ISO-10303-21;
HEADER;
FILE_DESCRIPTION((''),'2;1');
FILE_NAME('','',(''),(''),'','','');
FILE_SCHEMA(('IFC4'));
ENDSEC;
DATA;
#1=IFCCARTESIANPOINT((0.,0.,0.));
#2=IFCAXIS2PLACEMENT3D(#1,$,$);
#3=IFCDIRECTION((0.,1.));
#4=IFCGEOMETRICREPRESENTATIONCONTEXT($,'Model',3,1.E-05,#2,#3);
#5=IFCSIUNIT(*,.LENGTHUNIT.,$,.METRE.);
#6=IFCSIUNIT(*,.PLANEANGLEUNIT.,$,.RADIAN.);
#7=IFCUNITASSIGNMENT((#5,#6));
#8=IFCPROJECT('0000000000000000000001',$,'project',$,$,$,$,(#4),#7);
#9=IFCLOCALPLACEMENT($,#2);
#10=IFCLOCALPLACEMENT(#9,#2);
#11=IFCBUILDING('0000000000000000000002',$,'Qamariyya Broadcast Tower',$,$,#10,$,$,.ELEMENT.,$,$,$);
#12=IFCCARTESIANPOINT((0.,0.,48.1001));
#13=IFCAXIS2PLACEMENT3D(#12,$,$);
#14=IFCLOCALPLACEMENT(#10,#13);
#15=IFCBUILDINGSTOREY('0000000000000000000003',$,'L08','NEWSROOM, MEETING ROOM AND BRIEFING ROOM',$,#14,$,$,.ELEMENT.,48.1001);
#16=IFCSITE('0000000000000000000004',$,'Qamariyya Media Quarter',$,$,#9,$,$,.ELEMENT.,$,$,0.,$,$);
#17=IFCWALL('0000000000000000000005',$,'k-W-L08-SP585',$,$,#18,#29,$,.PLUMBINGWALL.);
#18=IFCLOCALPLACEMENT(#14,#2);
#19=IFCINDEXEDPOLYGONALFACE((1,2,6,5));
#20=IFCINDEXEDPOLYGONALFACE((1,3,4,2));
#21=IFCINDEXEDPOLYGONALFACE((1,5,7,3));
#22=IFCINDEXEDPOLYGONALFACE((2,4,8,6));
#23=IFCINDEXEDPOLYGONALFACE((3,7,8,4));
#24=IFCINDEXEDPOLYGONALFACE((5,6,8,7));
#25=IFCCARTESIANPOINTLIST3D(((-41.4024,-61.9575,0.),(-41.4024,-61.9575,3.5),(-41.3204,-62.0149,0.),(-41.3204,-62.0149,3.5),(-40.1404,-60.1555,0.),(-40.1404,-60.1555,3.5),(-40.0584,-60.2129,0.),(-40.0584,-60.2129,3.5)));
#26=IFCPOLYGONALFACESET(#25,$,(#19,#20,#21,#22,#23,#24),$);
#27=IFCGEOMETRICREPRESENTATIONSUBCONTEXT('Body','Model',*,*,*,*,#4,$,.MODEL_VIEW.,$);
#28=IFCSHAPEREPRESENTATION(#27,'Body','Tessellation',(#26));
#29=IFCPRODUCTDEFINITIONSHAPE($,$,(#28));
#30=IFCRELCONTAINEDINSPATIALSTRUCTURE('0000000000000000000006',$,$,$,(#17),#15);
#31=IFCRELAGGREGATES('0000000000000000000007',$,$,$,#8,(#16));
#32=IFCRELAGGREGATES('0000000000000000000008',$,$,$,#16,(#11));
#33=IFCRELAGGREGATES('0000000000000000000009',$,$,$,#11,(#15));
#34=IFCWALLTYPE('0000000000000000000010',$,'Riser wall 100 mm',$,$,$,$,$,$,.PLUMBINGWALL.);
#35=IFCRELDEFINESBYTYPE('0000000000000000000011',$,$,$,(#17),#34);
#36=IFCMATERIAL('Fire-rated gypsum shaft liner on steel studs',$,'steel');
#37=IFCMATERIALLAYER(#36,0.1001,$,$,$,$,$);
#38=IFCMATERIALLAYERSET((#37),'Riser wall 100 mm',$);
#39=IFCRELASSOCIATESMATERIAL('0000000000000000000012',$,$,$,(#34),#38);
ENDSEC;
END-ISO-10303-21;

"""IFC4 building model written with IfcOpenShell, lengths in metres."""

from ifc_helpers import new_model, si_unit, direction, frame, frame_2d, origin, place, context, subcontext, project, spatial, rectangle, extrude, material, layer, layer_set, type_object, element, save


model = new_model("IFC4")

# Units and contexts
model_context = context("Model", 3, precision=1e-05, world=origin(), true_north=direction((0.0, 1.0)))
body_context = subcontext(model_context, "Body", "Model", "MODEL_VIEW")
ifc_project = project(units=[si_unit("LENGTHUNIT", "METRE"), si_unit("PLANEANGLEUNIT", "RADIAN")], contexts=[model_context])

# Site, building, storey
site_placement = place(None, origin())
site = spatial("IfcSite", under=ifc_project, at=site_placement, Name="Qamariyya Media Quarter", CompositionType="ELEMENT", RefElevation=0.0)
building_placement = place(site_placement, origin())
building = spatial("IfcBuilding", under=site, at=building_placement, Name="Qamariyya Broadcast Tower", CompositionType="ELEMENT")
storey_placement = place(building_placement, frame((0.0, 0.0, 48.1001)))
storey = spatial("IfcBuildingStorey", under=building, at=storey_placement, Name="L08", Description="NEWSROOM, MEETING ROOM AND BRIEFING ROOM", CompositionType="ELEMENT", Elevation=48.1001)

# Wall
ifc_material_1 = material(Name="Fire-rated gypsum shaft liner on steel studs", Category="steel")
ifc_layer_1 = layer(ifc_material_1, 0.1001)
ifc_layer_set_1 = layer_set([ifc_layer_1], Name="Riser wall 100 mm")
wall_type_1 = type_object("IfcWallType", Name="Riser wall 100 mm", PredefinedType="PLUMBINGWALL", material=ifc_layer_set_1)
for number, where, z_axis, x_axis, name in (
    (1, (-40.0994, -60.1841, 0.0), (0.0, 0.0, 1.0), (-0.573634, -0.819112, 0.0), "k-W-L08-SP585"),
):
    element("IfcWall", number, at=place(storey_placement, frame(where, z_axis=z_axis, x_axis=x_axis)), inside=storey, type_object=wall_type_1, Name=name, PredefinedType="PLUMBINGWALL", context=body_context, shape_type="SweptSolid", body=[
        extrude(rectangle(XDim=2.2, YDim=0.1001, at=frame_2d((1.1001, 0.0))), origin(), (0.0, 0.0, 1.0), 3.5),
    ])

save(model, "model.ifc")
